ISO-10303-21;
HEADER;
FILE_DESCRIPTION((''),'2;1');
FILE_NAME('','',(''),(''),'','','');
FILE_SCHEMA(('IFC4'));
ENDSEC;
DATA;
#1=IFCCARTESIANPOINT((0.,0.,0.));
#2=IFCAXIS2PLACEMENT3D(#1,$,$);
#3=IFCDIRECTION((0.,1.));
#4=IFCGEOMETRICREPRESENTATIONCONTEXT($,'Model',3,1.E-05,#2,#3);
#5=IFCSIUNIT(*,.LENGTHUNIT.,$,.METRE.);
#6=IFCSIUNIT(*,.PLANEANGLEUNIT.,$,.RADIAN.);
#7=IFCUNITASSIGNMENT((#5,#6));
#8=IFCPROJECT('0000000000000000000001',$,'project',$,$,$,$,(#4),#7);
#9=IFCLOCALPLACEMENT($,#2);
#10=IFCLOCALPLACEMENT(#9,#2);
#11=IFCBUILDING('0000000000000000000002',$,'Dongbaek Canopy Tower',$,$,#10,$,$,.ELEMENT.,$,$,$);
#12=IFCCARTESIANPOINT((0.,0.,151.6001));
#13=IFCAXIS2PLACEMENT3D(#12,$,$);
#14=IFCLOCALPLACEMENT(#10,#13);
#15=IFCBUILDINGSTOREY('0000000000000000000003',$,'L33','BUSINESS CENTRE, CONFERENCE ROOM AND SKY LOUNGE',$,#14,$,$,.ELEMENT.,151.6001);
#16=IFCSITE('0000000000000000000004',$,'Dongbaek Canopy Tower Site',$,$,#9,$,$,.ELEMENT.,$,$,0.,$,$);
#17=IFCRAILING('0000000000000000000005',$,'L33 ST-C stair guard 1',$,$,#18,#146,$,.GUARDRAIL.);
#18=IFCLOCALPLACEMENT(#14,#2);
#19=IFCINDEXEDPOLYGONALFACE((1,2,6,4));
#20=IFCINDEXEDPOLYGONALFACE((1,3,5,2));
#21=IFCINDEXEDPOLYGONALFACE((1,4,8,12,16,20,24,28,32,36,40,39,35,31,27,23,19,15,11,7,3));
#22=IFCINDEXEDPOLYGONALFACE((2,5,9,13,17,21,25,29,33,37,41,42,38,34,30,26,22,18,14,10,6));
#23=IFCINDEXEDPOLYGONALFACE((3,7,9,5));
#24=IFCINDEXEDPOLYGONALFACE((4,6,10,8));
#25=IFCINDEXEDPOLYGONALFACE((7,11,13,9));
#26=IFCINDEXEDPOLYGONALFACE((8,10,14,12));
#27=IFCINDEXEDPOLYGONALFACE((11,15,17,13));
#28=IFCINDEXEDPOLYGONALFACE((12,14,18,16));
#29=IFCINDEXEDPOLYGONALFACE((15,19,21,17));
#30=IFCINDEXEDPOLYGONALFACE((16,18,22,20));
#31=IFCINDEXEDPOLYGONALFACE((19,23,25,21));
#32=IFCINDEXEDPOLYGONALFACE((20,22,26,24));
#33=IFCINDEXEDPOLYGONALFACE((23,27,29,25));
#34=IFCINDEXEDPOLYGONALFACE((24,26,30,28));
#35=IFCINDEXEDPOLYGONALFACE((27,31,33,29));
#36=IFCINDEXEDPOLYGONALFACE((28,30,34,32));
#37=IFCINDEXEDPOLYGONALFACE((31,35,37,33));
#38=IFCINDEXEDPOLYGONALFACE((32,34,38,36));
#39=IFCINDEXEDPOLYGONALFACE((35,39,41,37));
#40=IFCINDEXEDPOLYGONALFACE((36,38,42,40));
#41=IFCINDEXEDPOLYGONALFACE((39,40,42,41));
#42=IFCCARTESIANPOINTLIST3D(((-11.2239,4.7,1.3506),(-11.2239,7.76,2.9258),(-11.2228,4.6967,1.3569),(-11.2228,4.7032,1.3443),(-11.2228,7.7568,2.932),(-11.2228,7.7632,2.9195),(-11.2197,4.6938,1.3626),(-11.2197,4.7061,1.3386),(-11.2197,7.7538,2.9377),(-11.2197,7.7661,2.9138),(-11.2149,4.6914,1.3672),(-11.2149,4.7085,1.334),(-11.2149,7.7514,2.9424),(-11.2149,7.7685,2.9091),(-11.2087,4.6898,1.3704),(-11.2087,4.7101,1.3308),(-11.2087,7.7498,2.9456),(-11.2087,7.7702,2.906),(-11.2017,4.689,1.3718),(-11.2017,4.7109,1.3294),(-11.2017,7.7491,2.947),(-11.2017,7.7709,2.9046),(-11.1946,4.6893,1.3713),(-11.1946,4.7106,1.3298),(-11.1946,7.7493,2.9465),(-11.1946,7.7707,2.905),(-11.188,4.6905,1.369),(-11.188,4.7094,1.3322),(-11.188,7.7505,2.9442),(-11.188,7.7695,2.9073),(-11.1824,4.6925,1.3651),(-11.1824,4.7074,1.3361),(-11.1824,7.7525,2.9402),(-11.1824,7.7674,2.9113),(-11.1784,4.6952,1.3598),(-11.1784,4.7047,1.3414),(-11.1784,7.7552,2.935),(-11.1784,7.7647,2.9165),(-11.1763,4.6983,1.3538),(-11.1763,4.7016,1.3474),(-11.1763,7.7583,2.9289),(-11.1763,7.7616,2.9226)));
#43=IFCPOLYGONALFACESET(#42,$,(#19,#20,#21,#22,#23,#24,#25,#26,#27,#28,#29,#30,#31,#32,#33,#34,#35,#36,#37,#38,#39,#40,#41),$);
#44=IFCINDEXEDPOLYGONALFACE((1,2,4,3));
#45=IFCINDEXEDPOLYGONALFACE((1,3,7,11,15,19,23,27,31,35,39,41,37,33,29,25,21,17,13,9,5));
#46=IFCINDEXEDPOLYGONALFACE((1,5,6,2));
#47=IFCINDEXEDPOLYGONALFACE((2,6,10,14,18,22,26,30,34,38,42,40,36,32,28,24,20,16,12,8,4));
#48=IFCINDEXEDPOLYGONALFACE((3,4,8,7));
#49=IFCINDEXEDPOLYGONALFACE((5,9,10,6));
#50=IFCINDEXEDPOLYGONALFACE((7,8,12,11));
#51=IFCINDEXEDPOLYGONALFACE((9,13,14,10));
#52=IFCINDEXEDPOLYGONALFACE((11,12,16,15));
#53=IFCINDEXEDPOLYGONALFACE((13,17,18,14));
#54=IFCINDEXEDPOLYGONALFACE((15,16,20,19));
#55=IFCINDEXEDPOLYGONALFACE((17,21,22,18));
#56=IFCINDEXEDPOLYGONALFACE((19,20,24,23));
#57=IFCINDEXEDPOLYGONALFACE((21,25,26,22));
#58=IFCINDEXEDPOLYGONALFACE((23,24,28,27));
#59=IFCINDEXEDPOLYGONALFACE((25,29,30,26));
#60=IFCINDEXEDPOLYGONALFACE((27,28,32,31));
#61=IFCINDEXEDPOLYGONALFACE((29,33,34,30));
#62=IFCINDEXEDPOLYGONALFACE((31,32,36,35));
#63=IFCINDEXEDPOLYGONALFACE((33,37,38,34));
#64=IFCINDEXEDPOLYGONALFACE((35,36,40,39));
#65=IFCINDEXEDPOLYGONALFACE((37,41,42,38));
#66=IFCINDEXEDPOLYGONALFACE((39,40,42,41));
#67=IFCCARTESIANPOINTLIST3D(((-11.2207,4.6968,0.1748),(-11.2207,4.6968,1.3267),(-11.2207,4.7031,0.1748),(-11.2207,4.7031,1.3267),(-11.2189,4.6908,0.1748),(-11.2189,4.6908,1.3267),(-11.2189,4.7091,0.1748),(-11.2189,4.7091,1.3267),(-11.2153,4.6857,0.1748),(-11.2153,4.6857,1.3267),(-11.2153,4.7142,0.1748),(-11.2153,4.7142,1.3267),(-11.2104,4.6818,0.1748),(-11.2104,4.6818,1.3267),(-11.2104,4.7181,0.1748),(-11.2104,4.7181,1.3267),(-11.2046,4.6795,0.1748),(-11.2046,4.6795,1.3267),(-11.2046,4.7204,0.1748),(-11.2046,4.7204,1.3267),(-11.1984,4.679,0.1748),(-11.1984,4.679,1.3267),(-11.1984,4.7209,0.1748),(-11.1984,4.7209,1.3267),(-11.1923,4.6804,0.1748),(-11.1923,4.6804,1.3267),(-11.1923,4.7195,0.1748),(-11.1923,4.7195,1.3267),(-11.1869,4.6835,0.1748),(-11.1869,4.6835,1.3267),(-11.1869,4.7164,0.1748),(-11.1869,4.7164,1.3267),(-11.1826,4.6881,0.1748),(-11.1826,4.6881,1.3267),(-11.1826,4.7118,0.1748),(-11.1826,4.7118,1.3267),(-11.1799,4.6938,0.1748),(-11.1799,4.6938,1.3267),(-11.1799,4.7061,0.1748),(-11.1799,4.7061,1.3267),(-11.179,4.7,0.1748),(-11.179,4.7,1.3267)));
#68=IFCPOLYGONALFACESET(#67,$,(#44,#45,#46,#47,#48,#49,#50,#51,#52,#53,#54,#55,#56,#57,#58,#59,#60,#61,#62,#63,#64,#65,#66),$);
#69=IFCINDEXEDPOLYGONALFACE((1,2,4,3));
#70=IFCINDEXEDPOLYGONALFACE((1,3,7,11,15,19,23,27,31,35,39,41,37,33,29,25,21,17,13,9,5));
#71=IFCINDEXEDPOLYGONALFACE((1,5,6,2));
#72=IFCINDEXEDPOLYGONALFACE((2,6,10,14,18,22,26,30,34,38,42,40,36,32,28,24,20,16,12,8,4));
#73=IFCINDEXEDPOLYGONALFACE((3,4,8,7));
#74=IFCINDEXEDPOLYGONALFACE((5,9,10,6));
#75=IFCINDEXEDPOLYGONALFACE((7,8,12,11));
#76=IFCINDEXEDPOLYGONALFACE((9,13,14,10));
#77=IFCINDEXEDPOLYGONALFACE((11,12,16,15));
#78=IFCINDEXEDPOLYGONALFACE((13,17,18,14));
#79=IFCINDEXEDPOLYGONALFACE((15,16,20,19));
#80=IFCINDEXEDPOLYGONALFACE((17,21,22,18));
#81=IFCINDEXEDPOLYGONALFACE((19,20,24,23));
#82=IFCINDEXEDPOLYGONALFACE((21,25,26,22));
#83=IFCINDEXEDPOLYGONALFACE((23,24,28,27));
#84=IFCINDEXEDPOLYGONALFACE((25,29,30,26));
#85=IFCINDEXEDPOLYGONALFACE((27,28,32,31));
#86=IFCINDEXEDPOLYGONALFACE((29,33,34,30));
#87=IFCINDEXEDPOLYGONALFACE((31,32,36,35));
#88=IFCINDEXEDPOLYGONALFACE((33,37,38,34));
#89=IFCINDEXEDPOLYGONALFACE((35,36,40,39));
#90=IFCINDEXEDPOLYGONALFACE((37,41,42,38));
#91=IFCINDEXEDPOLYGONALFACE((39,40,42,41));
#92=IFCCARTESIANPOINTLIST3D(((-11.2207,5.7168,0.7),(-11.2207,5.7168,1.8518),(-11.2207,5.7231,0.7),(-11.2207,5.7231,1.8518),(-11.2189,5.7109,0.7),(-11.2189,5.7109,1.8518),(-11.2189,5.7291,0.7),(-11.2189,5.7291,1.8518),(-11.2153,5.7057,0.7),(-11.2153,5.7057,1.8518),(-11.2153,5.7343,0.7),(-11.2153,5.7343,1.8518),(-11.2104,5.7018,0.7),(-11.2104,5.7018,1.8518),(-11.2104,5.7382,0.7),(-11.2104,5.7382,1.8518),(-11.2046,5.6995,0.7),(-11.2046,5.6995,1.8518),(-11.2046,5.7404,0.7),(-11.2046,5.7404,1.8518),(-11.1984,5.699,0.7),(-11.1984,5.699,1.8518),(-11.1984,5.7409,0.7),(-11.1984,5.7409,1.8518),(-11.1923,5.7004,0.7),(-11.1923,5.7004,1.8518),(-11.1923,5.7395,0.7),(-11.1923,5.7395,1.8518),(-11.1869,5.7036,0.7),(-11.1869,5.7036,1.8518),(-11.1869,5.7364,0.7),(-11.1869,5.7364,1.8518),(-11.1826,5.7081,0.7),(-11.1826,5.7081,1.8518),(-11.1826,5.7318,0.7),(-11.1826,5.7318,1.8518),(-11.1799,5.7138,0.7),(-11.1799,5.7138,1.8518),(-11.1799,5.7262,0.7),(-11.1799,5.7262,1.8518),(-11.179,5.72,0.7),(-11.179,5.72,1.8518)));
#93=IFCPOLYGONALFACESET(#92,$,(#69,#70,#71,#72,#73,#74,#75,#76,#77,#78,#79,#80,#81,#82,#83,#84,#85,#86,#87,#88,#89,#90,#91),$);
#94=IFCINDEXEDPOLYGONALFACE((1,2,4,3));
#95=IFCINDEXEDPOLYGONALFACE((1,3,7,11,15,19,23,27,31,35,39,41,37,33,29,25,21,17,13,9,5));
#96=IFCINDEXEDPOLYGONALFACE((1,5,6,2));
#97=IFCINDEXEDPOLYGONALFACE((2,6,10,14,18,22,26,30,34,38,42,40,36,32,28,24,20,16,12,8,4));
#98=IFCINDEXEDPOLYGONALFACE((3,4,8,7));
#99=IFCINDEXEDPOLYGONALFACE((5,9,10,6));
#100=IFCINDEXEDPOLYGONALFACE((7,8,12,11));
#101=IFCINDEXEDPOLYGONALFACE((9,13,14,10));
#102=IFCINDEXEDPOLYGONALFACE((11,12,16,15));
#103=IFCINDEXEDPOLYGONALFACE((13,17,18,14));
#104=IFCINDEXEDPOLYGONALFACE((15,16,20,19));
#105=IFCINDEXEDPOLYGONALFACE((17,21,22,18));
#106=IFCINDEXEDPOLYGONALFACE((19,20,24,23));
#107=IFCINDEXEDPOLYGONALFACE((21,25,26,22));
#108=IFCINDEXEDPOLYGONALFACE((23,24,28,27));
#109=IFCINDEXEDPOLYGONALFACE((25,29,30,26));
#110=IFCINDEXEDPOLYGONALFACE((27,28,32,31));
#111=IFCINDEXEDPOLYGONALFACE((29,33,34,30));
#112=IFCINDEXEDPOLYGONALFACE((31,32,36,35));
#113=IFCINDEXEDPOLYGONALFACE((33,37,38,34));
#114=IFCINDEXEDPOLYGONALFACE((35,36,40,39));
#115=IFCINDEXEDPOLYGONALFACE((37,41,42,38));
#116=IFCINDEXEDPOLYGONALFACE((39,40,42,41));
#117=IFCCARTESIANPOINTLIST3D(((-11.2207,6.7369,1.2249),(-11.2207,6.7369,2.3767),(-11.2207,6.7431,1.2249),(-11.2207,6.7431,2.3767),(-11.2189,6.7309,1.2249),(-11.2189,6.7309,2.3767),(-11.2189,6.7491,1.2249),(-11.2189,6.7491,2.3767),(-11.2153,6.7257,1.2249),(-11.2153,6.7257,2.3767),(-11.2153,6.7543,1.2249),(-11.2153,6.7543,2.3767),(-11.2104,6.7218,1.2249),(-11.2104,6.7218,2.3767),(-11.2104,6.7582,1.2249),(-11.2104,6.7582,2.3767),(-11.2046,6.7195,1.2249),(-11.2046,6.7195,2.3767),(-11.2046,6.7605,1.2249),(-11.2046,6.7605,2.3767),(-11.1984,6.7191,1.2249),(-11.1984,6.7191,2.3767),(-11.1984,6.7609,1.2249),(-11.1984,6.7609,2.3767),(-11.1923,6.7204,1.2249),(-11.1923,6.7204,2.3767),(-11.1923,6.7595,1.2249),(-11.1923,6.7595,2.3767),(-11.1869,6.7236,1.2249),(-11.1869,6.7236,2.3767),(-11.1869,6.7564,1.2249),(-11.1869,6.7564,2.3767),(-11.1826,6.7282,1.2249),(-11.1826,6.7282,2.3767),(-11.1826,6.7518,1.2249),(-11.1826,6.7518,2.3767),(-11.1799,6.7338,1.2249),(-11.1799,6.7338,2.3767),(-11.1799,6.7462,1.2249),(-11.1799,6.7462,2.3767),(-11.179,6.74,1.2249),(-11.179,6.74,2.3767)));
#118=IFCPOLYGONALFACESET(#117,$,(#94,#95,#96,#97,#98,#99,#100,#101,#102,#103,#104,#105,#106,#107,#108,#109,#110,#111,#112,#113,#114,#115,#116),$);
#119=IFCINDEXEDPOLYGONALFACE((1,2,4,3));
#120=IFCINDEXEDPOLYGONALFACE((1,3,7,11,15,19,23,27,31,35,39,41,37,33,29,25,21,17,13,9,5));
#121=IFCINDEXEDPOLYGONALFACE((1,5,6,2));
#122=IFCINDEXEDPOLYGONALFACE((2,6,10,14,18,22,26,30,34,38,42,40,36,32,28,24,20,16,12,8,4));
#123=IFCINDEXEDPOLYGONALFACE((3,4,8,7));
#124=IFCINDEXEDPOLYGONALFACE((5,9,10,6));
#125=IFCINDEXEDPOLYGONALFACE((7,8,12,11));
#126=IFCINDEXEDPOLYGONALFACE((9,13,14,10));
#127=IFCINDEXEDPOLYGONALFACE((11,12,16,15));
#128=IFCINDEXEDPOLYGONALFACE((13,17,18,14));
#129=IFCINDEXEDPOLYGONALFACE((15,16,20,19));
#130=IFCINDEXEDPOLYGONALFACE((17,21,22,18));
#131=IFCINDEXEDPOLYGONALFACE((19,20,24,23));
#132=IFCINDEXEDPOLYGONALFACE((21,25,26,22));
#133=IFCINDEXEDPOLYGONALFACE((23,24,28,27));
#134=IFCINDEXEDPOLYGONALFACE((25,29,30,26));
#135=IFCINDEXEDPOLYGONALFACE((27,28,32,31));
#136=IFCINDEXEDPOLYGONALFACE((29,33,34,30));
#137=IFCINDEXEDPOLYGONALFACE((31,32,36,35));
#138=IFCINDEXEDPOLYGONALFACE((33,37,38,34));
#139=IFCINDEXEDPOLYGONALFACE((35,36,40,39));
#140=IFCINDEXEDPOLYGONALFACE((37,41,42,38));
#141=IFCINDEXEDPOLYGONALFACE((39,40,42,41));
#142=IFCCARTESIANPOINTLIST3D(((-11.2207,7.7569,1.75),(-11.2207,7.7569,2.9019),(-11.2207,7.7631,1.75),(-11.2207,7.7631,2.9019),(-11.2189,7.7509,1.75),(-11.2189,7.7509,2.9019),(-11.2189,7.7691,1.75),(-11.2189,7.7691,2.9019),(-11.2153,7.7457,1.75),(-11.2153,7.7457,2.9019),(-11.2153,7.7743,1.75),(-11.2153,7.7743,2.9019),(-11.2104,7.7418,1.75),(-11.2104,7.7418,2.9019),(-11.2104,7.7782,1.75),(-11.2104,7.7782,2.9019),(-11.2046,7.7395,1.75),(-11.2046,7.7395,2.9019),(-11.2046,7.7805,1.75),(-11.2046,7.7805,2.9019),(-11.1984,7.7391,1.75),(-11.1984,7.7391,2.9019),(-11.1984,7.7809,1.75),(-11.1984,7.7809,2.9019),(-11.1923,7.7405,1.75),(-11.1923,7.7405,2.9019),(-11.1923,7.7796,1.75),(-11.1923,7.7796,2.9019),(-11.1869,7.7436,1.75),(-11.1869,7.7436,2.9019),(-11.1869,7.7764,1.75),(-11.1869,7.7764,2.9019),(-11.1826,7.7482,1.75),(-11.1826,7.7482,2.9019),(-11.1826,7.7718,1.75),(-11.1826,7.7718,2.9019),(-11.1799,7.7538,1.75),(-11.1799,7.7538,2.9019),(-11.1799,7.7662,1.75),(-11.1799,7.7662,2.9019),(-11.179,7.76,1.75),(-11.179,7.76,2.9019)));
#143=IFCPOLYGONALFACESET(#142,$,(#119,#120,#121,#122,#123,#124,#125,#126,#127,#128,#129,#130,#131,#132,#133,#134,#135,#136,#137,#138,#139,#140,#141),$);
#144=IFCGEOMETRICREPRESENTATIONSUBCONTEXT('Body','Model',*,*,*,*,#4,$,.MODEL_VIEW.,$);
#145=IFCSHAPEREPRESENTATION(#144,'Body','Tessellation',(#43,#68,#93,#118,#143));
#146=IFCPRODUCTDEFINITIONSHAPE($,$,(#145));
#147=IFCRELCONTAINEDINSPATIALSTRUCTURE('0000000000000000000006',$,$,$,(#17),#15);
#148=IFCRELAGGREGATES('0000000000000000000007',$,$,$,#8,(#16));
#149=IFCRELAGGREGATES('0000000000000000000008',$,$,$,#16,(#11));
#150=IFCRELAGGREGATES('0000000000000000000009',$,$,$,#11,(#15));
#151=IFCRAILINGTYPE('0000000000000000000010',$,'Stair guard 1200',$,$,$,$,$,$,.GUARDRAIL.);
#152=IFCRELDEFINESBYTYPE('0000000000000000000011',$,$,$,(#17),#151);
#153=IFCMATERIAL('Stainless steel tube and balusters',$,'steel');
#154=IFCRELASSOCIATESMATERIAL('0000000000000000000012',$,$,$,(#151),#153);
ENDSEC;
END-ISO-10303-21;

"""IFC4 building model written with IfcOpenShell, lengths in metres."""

from ifc_helpers import new_model, si_unit, direction, frame, origin, origin_2d, place, context, subcontext, project, spatial, circle, extrude, material, type_object, element, save


model = new_model("IFC4")

# Units and contexts
model_context = context("Model", 3, precision=1e-05, world=origin(), true_north=direction((0.0, 1.0)))
body_context = subcontext(model_context, "Body", "Model", "MODEL_VIEW")
ifc_project = project(units=[si_unit("LENGTHUNIT", "METRE"), si_unit("PLANEANGLEUNIT", "RADIAN")], contexts=[model_context])

# Site, building, storey
site_placement = place(None, origin())
site = spatial("IfcSite", under=ifc_project, at=site_placement, Name="Dongbaek Canopy Tower Site", CompositionType="ELEMENT", RefElevation=0.0)
building_placement = place(site_placement, origin())
building = spatial("IfcBuilding", under=site, at=building_placement, Name="Dongbaek Canopy Tower", CompositionType="ELEMENT")
storey_placement = place(building_placement, frame((0.0, 0.0, 151.6001)))
storey = spatial("IfcBuildingStorey", under=building, at=storey_placement, Name="L33", Description="BUSINESS CENTRE, CONFERENCE ROOM AND SKY LOUNGE", CompositionType="ELEMENT", Elevation=151.6001)

# Railing
ifc_material_1 = material(Name="Stainless steel tube and balusters", Category="steel")
railing_type_1 = type_object("IfcRailingType", Name="Stair guard 1200", PredefinedType="GUARDRAIL", material=ifc_material_1)
railing_1_placement = place(storey_placement, frame((-11.2, 4.7, 0.1748)))
element("IfcRailing", 1, at=railing_1_placement, inside=storey, type_object=railing_type_1, Name="L33 ST-C stair guard 1", PredefinedType="GUARDRAIL", context=body_context, shape_type="SweptSolid", body=[
    extrude(circle(Radius=0.0239, at=origin_2d()), frame((0.0, 0.0, 1.1758), z_axis=(0.0, 0.889116, 0.457681), x_axis=(-1.0, 0.0, 0.0)), (0.0, 0.0, 1.0), 3.4417),
    extrude(circle(Radius=0.021, at=origin_2d()), origin(), (0.0, 0.0, 1.0), 1.1519),
    extrude(circle(Radius=0.021, at=origin_2d()), frame((0.0, 1.02, 0.5251)), (0.0, 0.0, 1.0), 1.1519),
    extrude(circle(Radius=0.021, at=origin_2d()), frame((0.0, 2.04, 1.05)), (0.0, 0.0, 1.0), 1.1519),
    extrude(circle(Radius=0.021, at=origin_2d()), frame((0.0, 3.0601, 1.5752)), (0.0, 0.0, 1.0), 1.1519),
])

save(model, "model.ifc")
